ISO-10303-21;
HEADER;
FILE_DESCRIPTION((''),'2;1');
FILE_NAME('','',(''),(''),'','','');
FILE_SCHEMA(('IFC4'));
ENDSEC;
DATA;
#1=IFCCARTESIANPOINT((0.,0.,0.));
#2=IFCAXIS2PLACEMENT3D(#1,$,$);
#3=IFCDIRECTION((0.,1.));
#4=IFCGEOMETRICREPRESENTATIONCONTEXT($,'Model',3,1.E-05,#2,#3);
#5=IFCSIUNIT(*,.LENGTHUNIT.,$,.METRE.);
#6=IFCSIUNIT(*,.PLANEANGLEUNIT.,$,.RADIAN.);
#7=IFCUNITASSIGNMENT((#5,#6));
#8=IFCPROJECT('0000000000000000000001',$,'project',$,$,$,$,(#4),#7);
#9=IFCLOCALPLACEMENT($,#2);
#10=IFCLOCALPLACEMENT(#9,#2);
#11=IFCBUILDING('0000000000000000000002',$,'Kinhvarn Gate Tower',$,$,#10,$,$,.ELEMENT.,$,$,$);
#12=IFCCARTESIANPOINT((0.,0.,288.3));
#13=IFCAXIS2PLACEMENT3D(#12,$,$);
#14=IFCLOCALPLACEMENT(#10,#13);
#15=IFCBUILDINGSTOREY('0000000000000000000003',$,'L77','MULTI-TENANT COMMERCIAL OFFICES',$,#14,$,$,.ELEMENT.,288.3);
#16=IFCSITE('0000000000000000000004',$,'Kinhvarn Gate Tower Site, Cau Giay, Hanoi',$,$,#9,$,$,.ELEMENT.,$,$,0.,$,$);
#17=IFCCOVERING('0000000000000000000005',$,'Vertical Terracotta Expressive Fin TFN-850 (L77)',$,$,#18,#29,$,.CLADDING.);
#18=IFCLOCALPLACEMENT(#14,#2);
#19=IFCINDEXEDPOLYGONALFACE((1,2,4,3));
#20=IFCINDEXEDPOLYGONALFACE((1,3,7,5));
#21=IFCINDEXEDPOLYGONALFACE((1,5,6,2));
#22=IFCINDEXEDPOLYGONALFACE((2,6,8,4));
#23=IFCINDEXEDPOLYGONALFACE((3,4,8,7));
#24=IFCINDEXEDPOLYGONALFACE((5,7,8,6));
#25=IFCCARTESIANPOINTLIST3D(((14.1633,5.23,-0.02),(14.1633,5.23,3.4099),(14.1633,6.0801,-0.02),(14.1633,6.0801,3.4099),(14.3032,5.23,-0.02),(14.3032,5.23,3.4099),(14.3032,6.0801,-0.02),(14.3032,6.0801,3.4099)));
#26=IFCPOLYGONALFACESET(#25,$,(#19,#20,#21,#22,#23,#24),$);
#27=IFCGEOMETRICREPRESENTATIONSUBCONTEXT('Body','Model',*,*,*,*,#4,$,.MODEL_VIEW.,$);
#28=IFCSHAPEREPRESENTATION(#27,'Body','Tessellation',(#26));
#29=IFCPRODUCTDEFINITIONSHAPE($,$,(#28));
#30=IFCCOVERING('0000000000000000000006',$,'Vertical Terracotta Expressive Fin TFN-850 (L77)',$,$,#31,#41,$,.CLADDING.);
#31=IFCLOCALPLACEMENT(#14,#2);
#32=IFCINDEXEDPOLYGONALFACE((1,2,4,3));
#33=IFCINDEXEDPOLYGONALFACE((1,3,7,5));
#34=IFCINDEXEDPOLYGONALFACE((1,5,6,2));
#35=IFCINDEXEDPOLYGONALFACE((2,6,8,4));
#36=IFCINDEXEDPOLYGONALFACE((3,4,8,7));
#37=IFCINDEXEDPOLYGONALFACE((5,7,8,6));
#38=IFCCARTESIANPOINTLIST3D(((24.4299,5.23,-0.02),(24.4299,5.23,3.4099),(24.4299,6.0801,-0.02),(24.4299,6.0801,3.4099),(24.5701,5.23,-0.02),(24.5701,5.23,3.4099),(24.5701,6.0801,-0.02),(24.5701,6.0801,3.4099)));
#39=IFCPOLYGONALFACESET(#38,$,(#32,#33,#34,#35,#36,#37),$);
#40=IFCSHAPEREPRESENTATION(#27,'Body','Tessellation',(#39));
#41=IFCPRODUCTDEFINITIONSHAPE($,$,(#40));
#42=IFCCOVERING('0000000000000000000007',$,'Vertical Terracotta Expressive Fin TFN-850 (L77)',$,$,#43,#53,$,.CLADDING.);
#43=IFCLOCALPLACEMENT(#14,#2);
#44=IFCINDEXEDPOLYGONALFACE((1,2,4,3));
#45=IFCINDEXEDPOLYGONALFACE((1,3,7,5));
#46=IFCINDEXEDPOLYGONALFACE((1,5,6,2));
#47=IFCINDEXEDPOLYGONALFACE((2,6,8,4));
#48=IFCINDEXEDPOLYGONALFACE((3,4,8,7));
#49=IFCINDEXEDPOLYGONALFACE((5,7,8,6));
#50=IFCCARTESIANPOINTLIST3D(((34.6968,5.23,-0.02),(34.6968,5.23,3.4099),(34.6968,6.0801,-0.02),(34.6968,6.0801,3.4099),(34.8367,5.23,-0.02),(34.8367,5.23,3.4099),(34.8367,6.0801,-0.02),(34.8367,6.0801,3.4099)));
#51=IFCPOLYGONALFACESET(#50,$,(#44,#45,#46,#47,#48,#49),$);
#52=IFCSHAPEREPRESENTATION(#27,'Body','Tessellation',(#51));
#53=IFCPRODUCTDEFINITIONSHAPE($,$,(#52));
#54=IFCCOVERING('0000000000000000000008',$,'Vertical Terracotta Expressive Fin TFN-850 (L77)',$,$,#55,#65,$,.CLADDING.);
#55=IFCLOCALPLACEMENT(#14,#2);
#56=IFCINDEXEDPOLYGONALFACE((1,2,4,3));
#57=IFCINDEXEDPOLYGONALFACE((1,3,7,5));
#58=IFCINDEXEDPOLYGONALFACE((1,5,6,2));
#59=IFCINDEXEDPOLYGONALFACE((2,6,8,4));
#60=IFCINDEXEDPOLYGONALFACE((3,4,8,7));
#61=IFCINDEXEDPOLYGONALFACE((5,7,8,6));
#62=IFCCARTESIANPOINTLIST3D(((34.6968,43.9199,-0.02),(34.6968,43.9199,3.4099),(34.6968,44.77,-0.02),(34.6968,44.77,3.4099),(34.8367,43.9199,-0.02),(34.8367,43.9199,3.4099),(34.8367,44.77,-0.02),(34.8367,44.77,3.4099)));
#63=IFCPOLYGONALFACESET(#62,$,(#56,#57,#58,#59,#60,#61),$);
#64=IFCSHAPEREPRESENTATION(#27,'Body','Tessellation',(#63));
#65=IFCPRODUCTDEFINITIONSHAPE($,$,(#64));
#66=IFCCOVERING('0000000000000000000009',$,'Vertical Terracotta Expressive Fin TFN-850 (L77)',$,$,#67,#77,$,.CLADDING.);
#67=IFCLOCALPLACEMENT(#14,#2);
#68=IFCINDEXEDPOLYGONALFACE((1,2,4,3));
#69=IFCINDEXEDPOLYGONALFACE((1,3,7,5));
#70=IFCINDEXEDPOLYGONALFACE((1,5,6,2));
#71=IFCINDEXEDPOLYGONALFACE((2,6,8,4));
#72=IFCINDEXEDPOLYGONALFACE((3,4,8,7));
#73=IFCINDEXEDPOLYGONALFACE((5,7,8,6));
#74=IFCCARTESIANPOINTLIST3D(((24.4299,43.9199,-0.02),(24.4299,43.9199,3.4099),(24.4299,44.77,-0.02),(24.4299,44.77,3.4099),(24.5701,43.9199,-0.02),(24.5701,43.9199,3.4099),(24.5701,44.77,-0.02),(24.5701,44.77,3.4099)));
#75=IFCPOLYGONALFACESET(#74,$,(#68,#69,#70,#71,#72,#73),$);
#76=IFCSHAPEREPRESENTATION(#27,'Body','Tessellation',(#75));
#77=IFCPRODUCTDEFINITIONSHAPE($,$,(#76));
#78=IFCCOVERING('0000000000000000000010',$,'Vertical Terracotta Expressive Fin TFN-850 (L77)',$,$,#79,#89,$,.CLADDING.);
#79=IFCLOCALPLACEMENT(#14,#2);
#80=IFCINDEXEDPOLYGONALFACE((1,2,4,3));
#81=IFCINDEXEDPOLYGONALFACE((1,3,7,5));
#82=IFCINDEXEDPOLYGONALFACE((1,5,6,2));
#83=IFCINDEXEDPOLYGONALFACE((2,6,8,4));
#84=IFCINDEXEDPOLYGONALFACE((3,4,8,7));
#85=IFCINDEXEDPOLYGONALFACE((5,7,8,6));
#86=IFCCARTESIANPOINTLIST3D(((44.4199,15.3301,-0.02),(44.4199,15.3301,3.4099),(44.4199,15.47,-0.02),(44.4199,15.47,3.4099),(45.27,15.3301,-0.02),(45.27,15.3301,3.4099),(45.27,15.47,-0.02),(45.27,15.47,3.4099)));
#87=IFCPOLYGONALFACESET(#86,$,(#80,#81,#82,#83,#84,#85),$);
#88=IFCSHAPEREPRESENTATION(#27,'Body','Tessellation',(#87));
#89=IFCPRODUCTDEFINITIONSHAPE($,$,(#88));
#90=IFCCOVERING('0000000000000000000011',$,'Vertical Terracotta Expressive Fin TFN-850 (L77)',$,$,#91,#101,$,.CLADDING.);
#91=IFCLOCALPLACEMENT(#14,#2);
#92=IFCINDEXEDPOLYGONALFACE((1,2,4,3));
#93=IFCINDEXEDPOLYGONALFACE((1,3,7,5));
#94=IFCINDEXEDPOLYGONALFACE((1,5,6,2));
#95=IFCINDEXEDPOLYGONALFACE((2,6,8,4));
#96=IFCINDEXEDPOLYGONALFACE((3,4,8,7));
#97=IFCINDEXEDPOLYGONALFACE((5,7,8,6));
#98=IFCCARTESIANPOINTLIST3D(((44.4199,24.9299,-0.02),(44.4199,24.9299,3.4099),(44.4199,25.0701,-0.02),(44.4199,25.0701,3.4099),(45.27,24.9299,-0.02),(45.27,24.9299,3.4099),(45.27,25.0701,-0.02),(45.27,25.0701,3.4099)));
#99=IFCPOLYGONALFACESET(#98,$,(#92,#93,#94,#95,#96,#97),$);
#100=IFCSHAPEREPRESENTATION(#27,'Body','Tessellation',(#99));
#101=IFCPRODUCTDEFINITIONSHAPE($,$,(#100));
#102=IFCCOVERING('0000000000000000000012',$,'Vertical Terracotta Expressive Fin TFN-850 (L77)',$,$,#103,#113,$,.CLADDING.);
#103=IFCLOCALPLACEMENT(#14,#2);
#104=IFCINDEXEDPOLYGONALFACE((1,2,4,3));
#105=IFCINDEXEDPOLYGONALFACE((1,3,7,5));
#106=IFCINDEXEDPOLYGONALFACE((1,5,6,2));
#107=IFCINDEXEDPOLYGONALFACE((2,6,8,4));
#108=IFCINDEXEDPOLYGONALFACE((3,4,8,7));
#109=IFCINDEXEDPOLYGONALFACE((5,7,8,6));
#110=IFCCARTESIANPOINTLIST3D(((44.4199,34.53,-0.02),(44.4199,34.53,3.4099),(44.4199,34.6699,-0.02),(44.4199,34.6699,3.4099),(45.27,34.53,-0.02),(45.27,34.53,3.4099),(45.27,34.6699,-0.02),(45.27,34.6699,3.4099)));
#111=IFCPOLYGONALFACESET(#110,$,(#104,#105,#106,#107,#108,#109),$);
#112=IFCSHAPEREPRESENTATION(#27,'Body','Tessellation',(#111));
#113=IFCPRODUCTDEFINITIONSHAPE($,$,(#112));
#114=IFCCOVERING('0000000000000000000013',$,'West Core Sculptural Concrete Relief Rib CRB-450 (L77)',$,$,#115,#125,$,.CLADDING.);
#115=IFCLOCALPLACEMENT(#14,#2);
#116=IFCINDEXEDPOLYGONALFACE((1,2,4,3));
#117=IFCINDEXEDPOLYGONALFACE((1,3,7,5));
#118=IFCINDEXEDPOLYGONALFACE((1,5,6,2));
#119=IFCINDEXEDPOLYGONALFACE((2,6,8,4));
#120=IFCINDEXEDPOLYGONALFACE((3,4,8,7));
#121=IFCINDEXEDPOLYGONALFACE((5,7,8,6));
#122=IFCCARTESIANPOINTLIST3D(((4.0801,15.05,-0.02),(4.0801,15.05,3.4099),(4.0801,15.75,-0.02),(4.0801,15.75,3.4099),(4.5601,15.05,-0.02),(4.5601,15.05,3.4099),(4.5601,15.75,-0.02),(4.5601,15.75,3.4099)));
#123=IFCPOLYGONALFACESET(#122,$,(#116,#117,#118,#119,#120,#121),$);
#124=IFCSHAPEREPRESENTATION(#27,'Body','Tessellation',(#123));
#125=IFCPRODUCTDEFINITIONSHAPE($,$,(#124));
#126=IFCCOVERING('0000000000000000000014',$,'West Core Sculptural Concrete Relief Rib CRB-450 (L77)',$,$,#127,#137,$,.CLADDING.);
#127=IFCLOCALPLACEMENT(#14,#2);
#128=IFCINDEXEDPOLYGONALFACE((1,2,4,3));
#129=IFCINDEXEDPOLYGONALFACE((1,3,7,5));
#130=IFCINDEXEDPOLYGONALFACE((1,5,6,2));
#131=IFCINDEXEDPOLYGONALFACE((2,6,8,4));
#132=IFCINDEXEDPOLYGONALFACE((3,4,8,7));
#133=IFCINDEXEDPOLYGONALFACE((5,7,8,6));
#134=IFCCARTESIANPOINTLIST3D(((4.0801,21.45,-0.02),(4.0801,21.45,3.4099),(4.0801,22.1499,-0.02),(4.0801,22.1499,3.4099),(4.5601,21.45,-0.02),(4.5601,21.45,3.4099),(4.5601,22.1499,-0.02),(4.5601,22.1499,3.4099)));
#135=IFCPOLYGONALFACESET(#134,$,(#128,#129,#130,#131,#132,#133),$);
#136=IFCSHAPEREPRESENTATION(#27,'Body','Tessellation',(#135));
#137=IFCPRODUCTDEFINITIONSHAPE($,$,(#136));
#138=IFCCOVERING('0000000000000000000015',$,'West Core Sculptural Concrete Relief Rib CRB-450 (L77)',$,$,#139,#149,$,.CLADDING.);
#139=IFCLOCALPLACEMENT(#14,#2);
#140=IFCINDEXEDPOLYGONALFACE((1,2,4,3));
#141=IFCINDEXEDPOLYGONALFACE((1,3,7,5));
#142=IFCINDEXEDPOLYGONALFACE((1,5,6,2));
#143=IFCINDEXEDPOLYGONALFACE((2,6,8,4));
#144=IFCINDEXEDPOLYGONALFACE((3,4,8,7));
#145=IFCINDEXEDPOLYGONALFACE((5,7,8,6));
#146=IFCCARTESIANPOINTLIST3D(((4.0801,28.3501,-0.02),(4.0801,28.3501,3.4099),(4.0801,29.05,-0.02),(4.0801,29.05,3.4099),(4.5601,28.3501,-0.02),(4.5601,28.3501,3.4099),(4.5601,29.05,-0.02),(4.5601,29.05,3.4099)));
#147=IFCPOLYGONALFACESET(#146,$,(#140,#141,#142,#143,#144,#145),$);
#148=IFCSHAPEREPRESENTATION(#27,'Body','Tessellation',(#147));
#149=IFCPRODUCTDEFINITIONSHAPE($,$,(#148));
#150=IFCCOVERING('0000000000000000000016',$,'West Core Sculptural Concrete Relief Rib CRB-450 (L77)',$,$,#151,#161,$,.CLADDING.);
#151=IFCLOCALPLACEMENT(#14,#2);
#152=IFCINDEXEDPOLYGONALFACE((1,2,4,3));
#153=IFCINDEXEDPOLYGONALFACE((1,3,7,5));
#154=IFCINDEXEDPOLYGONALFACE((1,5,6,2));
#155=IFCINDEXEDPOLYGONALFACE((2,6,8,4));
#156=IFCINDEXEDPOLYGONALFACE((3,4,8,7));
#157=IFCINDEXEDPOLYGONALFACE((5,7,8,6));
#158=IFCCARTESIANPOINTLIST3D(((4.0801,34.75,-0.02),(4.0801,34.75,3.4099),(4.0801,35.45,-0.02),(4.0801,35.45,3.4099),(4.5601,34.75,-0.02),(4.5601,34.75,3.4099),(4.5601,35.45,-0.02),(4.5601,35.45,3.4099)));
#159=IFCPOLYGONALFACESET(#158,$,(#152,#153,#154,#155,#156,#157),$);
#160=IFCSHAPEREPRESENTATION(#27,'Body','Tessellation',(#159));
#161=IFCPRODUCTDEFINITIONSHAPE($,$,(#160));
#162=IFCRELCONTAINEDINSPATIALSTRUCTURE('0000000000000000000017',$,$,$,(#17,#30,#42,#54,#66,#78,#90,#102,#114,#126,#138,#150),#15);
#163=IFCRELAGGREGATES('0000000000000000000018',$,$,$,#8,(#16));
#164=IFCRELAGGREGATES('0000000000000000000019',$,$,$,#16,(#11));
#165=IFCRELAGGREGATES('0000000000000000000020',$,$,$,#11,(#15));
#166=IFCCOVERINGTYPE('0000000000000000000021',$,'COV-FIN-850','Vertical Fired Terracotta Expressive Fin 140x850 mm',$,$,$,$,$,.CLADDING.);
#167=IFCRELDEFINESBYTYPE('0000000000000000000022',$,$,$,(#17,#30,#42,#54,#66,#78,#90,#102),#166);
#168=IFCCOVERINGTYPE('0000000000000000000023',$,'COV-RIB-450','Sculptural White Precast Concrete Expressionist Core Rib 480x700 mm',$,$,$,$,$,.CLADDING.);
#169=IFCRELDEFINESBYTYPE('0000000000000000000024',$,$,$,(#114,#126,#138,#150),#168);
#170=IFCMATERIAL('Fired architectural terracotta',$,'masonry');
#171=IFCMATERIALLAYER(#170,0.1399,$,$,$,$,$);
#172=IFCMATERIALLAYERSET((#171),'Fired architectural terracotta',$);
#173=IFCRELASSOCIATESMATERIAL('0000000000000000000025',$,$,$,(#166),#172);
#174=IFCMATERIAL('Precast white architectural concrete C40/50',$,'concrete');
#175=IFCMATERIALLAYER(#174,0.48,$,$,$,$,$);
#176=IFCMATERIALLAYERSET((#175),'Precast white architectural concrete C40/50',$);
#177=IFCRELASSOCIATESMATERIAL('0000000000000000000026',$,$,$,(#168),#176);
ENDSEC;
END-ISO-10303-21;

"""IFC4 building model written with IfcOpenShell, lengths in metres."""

from ifc_helpers import new_model, si_unit, direction, frame, origin, place, context, subcontext, project, spatial, polyline, outline, extrude, material, layer, layer_set, type_object, element, save


model = new_model("IFC4")

# Units and contexts
model_context = context("Model", 3, precision=1e-05, world=origin(), true_north=direction((0.0, 1.0)))
body_context = subcontext(model_context, "Body", "Model", "MODEL_VIEW")
ifc_project = project(units=[si_unit("LENGTHUNIT", "METRE"), si_unit("PLANEANGLEUNIT", "RADIAN")], contexts=[model_context])

# Site, building, storey
site_placement = place(None, origin())
site = spatial("IfcSite", under=ifc_project, at=site_placement, Name="Kinhvarn Gate Tower Site, Cau Giay, Hanoi", CompositionType="ELEMENT", RefElevation=0.0)
building_placement = place(site_placement, origin())
building = spatial("IfcBuilding", under=site, at=building_placement, Name="Kinhvarn Gate Tower", CompositionType="ELEMENT")
storey_placement = place(building_placement, frame((0.0, 0.0, 288.3)))
storey = spatial("IfcBuildingStorey", under=building, at=storey_placement, Name="L77", Description="MULTI-TENANT COMMERCIAL OFFICES", CompositionType="ELEMENT", Elevation=288.3)

# Shared definitions
ifc_material_1 = material(Name="Precast white architectural concrete C40/50", Category="concrete")

# Coverings
ifc_material_2 = material(Name="Fired architectural terracotta", Category="masonry")
ifc_layer_1 = layer(ifc_material_2, 0.1399)
ifc_layer_set_1 = layer_set([ifc_layer_1], Name="Fired architectural terracotta")
covering_type_1 = type_object("IfcCoveringType", Name="COV-FIN-850", Description="Vertical Fired Terracotta Expressive Fin 140x850 mm", PredefinedType="CLADDING", material=ifc_layer_set_1)
covering_1_placement = place(storey_placement, frame((0.0, 0.0, -0.02)))
element("IfcCovering", 1, at=covering_1_placement, inside=storey, type_object=covering_type_1, Name="Vertical Terracotta Expressive Fin TFN-850 (L77)", PredefinedType="CLADDING", context=body_context, shape_type="SweptSolid", body=[
    extrude(outline(polyline([(14.1633, 6.0801), (14.3032, 6.0801), (14.3032, 5.23), (14.1633, 5.23), (14.1633, 6.0801)])), origin(), (0.0, 0.0, 1.0), 3.4299),
])
covering_2_placement = place(storey_placement, frame((0.0, 0.0, -0.02)))
element("IfcCovering", 2, at=covering_2_placement, inside=storey, type_object=covering_type_1, Name="Vertical Terracotta Expressive Fin TFN-850 (L77)", PredefinedType="CLADDING", context=body_context, shape_type="SweptSolid", body=[
    extrude(outline(polyline([(24.4299, 6.0801), (24.5701, 6.0801), (24.5701, 5.23), (24.4299, 5.23), (24.4299, 6.0801)])), origin(), (0.0, 0.0, 1.0), 3.4299),
])
covering_3_placement = place(storey_placement, frame((0.0, 0.0, -0.02)))
element("IfcCovering", 3, at=covering_3_placement, inside=storey, type_object=covering_type_1, Name="Vertical Terracotta Expressive Fin TFN-850 (L77)", PredefinedType="CLADDING", context=body_context, shape_type="SweptSolid", body=[
    extrude(outline(polyline([(34.6968, 6.0801), (34.8367, 6.0801), (34.8367, 5.23), (34.6968, 5.23), (34.6968, 6.0801)])), origin(), (0.0, 0.0, 1.0), 3.4299),
])
covering_4_placement = place(storey_placement, frame((0.0, 0.0, -0.02)))
element("IfcCovering", 4, at=covering_4_placement, inside=storey, type_object=covering_type_1, Name="Vertical Terracotta Expressive Fin TFN-850 (L77)", PredefinedType="CLADDING", context=body_context, shape_type="SweptSolid", body=[
    extrude(outline(polyline([(34.8367, 43.9199), (34.6968, 43.9199), (34.6968, 44.77), (34.8367, 44.77), (34.8367, 43.9199)])), origin(), (0.0, 0.0, 1.0), 3.4299),
])
covering_5_placement = place(storey_placement, frame((0.0, 0.0, -0.02)))
element("IfcCovering", 5, at=covering_5_placement, inside=storey, type_object=covering_type_1, Name="Vertical Terracotta Expressive Fin TFN-850 (L77)", PredefinedType="CLADDING", context=body_context, shape_type="SweptSolid", body=[
    extrude(outline(polyline([(24.5701, 43.9199), (24.4299, 43.9199), (24.4299, 44.77), (24.5701, 44.77), (24.5701, 43.9199)])), origin(), (0.0, 0.0, 1.0), 3.4299),
])
covering_6_placement = place(storey_placement, frame((0.0, 0.0, -0.02)))
element("IfcCovering", 6, at=covering_6_placement, inside=storey, type_object=covering_type_1, Name="Vertical Terracotta Expressive Fin TFN-850 (L77)", PredefinedType="CLADDING", context=body_context, shape_type="SweptSolid", body=[
    extrude(outline(polyline([(44.4199, 15.3301), (44.4199, 15.47), (45.27, 15.47), (45.27, 15.3301), (44.4199, 15.3301)])), origin(), (0.0, 0.0, 1.0), 3.4299),
])
covering_7_placement = place(storey_placement, frame((0.0, 0.0, -0.02)))
element("IfcCovering", 7, at=covering_7_placement, inside=storey, type_object=covering_type_1, Name="Vertical Terracotta Expressive Fin TFN-850 (L77)", PredefinedType="CLADDING", context=body_context, shape_type="SweptSolid", body=[
    extrude(outline(polyline([(44.4199, 24.9299), (44.4199, 25.0701), (45.27, 25.0701), (45.27, 24.9299), (44.4199, 24.9299)])), origin(), (0.0, 0.0, 1.0), 3.4299),
])
covering_8_placement = place(storey_placement, frame((0.0, 0.0, -0.02)))
element("IfcCovering", 8, at=covering_8_placement, inside=storey, type_object=covering_type_1, Name="Vertical Terracotta Expressive Fin TFN-850 (L77)", PredefinedType="CLADDING", context=body_context, shape_type="SweptSolid", body=[
    extrude(outline(polyline([(44.4199, 34.53), (44.4199, 34.6699), (45.27, 34.6699), (45.27, 34.53), (44.4199, 34.53)])), origin(), (0.0, 0.0, 1.0), 3.4299),
])
ifc_layer_2 = layer(ifc_material_1, 0.48)
ifc_layer_set_2 = layer_set([ifc_layer_2], Name="Precast white architectural concrete C40/50")
covering_type_2 = type_object("IfcCoveringType", Name="COV-RIB-450", Description="Sculptural White Precast Concrete Expressionist Core Rib 480x700 mm", PredefinedType="CLADDING", material=ifc_layer_set_2)
covering_9_placement = place(storey_placement, frame((0.0, 0.0, -0.02)))
element("IfcCovering", 9, at=covering_9_placement, inside=storey, type_object=covering_type_2, Name="West Core Sculptural Concrete Relief Rib CRB-450 (L77)", PredefinedType="CLADDING", context=body_context, shape_type="SweptSolid", body=[
    extrude(outline(polyline([(4.0801, 15.05), (4.5601, 15.05), (4.5601, 15.75), (4.0801, 15.75), (4.0801, 15.05)])), origin(), (0.0, 0.0, 1.0), 3.4299),
])
covering_10_placement = place(storey_placement, frame((0.0, 0.0, -0.02)))
element("IfcCovering", 10, at=covering_10_placement, inside=storey, type_object=covering_type_2, Name="West Core Sculptural Concrete Relief Rib CRB-450 (L77)", PredefinedType="CLADDING", context=body_context, shape_type="SweptSolid", body=[
    extrude(outline(polyline([(4.0801, 21.45), (4.5601, 21.45), (4.5601, 22.1499), (4.0801, 22.1499), (4.0801, 21.45)])), origin(), (0.0, 0.0, 1.0), 3.4299),
])
covering_11_placement = place(storey_placement, frame((0.0, 0.0, -0.02)))
element("IfcCovering", 11, at=covering_11_placement, inside=storey, type_object=covering_type_2, Name="West Core Sculptural Concrete Relief Rib CRB-450 (L77)", PredefinedType="CLADDING", context=body_context, shape_type="SweptSolid", body=[
    extrude(outline(polyline([(4.0801, 28.3501), (4.5601, 28.3501), (4.5601, 29.05), (4.0801, 29.05), (4.0801, 28.3501)])), origin(), (0.0, 0.0, 1.0), 3.4299),
])
covering_12_placement = place(storey_placement, frame((0.0, 0.0, -0.02)))
element("IfcCovering", 12, at=covering_12_placement, inside=storey, type_object=covering_type_2, Name="West Core Sculptural Concrete Relief Rib CRB-450 (L77)", PredefinedType="CLADDING", context=body_context, shape_type="SweptSolid", body=[
    extrude(outline(polyline([(4.0801, 34.75), (4.5601, 34.75), (4.5601, 35.45), (4.0801, 35.45), (4.0801, 34.75)])), origin(), (0.0, 0.0, 1.0), 3.4299),
])

save(model, "model.ifc")
